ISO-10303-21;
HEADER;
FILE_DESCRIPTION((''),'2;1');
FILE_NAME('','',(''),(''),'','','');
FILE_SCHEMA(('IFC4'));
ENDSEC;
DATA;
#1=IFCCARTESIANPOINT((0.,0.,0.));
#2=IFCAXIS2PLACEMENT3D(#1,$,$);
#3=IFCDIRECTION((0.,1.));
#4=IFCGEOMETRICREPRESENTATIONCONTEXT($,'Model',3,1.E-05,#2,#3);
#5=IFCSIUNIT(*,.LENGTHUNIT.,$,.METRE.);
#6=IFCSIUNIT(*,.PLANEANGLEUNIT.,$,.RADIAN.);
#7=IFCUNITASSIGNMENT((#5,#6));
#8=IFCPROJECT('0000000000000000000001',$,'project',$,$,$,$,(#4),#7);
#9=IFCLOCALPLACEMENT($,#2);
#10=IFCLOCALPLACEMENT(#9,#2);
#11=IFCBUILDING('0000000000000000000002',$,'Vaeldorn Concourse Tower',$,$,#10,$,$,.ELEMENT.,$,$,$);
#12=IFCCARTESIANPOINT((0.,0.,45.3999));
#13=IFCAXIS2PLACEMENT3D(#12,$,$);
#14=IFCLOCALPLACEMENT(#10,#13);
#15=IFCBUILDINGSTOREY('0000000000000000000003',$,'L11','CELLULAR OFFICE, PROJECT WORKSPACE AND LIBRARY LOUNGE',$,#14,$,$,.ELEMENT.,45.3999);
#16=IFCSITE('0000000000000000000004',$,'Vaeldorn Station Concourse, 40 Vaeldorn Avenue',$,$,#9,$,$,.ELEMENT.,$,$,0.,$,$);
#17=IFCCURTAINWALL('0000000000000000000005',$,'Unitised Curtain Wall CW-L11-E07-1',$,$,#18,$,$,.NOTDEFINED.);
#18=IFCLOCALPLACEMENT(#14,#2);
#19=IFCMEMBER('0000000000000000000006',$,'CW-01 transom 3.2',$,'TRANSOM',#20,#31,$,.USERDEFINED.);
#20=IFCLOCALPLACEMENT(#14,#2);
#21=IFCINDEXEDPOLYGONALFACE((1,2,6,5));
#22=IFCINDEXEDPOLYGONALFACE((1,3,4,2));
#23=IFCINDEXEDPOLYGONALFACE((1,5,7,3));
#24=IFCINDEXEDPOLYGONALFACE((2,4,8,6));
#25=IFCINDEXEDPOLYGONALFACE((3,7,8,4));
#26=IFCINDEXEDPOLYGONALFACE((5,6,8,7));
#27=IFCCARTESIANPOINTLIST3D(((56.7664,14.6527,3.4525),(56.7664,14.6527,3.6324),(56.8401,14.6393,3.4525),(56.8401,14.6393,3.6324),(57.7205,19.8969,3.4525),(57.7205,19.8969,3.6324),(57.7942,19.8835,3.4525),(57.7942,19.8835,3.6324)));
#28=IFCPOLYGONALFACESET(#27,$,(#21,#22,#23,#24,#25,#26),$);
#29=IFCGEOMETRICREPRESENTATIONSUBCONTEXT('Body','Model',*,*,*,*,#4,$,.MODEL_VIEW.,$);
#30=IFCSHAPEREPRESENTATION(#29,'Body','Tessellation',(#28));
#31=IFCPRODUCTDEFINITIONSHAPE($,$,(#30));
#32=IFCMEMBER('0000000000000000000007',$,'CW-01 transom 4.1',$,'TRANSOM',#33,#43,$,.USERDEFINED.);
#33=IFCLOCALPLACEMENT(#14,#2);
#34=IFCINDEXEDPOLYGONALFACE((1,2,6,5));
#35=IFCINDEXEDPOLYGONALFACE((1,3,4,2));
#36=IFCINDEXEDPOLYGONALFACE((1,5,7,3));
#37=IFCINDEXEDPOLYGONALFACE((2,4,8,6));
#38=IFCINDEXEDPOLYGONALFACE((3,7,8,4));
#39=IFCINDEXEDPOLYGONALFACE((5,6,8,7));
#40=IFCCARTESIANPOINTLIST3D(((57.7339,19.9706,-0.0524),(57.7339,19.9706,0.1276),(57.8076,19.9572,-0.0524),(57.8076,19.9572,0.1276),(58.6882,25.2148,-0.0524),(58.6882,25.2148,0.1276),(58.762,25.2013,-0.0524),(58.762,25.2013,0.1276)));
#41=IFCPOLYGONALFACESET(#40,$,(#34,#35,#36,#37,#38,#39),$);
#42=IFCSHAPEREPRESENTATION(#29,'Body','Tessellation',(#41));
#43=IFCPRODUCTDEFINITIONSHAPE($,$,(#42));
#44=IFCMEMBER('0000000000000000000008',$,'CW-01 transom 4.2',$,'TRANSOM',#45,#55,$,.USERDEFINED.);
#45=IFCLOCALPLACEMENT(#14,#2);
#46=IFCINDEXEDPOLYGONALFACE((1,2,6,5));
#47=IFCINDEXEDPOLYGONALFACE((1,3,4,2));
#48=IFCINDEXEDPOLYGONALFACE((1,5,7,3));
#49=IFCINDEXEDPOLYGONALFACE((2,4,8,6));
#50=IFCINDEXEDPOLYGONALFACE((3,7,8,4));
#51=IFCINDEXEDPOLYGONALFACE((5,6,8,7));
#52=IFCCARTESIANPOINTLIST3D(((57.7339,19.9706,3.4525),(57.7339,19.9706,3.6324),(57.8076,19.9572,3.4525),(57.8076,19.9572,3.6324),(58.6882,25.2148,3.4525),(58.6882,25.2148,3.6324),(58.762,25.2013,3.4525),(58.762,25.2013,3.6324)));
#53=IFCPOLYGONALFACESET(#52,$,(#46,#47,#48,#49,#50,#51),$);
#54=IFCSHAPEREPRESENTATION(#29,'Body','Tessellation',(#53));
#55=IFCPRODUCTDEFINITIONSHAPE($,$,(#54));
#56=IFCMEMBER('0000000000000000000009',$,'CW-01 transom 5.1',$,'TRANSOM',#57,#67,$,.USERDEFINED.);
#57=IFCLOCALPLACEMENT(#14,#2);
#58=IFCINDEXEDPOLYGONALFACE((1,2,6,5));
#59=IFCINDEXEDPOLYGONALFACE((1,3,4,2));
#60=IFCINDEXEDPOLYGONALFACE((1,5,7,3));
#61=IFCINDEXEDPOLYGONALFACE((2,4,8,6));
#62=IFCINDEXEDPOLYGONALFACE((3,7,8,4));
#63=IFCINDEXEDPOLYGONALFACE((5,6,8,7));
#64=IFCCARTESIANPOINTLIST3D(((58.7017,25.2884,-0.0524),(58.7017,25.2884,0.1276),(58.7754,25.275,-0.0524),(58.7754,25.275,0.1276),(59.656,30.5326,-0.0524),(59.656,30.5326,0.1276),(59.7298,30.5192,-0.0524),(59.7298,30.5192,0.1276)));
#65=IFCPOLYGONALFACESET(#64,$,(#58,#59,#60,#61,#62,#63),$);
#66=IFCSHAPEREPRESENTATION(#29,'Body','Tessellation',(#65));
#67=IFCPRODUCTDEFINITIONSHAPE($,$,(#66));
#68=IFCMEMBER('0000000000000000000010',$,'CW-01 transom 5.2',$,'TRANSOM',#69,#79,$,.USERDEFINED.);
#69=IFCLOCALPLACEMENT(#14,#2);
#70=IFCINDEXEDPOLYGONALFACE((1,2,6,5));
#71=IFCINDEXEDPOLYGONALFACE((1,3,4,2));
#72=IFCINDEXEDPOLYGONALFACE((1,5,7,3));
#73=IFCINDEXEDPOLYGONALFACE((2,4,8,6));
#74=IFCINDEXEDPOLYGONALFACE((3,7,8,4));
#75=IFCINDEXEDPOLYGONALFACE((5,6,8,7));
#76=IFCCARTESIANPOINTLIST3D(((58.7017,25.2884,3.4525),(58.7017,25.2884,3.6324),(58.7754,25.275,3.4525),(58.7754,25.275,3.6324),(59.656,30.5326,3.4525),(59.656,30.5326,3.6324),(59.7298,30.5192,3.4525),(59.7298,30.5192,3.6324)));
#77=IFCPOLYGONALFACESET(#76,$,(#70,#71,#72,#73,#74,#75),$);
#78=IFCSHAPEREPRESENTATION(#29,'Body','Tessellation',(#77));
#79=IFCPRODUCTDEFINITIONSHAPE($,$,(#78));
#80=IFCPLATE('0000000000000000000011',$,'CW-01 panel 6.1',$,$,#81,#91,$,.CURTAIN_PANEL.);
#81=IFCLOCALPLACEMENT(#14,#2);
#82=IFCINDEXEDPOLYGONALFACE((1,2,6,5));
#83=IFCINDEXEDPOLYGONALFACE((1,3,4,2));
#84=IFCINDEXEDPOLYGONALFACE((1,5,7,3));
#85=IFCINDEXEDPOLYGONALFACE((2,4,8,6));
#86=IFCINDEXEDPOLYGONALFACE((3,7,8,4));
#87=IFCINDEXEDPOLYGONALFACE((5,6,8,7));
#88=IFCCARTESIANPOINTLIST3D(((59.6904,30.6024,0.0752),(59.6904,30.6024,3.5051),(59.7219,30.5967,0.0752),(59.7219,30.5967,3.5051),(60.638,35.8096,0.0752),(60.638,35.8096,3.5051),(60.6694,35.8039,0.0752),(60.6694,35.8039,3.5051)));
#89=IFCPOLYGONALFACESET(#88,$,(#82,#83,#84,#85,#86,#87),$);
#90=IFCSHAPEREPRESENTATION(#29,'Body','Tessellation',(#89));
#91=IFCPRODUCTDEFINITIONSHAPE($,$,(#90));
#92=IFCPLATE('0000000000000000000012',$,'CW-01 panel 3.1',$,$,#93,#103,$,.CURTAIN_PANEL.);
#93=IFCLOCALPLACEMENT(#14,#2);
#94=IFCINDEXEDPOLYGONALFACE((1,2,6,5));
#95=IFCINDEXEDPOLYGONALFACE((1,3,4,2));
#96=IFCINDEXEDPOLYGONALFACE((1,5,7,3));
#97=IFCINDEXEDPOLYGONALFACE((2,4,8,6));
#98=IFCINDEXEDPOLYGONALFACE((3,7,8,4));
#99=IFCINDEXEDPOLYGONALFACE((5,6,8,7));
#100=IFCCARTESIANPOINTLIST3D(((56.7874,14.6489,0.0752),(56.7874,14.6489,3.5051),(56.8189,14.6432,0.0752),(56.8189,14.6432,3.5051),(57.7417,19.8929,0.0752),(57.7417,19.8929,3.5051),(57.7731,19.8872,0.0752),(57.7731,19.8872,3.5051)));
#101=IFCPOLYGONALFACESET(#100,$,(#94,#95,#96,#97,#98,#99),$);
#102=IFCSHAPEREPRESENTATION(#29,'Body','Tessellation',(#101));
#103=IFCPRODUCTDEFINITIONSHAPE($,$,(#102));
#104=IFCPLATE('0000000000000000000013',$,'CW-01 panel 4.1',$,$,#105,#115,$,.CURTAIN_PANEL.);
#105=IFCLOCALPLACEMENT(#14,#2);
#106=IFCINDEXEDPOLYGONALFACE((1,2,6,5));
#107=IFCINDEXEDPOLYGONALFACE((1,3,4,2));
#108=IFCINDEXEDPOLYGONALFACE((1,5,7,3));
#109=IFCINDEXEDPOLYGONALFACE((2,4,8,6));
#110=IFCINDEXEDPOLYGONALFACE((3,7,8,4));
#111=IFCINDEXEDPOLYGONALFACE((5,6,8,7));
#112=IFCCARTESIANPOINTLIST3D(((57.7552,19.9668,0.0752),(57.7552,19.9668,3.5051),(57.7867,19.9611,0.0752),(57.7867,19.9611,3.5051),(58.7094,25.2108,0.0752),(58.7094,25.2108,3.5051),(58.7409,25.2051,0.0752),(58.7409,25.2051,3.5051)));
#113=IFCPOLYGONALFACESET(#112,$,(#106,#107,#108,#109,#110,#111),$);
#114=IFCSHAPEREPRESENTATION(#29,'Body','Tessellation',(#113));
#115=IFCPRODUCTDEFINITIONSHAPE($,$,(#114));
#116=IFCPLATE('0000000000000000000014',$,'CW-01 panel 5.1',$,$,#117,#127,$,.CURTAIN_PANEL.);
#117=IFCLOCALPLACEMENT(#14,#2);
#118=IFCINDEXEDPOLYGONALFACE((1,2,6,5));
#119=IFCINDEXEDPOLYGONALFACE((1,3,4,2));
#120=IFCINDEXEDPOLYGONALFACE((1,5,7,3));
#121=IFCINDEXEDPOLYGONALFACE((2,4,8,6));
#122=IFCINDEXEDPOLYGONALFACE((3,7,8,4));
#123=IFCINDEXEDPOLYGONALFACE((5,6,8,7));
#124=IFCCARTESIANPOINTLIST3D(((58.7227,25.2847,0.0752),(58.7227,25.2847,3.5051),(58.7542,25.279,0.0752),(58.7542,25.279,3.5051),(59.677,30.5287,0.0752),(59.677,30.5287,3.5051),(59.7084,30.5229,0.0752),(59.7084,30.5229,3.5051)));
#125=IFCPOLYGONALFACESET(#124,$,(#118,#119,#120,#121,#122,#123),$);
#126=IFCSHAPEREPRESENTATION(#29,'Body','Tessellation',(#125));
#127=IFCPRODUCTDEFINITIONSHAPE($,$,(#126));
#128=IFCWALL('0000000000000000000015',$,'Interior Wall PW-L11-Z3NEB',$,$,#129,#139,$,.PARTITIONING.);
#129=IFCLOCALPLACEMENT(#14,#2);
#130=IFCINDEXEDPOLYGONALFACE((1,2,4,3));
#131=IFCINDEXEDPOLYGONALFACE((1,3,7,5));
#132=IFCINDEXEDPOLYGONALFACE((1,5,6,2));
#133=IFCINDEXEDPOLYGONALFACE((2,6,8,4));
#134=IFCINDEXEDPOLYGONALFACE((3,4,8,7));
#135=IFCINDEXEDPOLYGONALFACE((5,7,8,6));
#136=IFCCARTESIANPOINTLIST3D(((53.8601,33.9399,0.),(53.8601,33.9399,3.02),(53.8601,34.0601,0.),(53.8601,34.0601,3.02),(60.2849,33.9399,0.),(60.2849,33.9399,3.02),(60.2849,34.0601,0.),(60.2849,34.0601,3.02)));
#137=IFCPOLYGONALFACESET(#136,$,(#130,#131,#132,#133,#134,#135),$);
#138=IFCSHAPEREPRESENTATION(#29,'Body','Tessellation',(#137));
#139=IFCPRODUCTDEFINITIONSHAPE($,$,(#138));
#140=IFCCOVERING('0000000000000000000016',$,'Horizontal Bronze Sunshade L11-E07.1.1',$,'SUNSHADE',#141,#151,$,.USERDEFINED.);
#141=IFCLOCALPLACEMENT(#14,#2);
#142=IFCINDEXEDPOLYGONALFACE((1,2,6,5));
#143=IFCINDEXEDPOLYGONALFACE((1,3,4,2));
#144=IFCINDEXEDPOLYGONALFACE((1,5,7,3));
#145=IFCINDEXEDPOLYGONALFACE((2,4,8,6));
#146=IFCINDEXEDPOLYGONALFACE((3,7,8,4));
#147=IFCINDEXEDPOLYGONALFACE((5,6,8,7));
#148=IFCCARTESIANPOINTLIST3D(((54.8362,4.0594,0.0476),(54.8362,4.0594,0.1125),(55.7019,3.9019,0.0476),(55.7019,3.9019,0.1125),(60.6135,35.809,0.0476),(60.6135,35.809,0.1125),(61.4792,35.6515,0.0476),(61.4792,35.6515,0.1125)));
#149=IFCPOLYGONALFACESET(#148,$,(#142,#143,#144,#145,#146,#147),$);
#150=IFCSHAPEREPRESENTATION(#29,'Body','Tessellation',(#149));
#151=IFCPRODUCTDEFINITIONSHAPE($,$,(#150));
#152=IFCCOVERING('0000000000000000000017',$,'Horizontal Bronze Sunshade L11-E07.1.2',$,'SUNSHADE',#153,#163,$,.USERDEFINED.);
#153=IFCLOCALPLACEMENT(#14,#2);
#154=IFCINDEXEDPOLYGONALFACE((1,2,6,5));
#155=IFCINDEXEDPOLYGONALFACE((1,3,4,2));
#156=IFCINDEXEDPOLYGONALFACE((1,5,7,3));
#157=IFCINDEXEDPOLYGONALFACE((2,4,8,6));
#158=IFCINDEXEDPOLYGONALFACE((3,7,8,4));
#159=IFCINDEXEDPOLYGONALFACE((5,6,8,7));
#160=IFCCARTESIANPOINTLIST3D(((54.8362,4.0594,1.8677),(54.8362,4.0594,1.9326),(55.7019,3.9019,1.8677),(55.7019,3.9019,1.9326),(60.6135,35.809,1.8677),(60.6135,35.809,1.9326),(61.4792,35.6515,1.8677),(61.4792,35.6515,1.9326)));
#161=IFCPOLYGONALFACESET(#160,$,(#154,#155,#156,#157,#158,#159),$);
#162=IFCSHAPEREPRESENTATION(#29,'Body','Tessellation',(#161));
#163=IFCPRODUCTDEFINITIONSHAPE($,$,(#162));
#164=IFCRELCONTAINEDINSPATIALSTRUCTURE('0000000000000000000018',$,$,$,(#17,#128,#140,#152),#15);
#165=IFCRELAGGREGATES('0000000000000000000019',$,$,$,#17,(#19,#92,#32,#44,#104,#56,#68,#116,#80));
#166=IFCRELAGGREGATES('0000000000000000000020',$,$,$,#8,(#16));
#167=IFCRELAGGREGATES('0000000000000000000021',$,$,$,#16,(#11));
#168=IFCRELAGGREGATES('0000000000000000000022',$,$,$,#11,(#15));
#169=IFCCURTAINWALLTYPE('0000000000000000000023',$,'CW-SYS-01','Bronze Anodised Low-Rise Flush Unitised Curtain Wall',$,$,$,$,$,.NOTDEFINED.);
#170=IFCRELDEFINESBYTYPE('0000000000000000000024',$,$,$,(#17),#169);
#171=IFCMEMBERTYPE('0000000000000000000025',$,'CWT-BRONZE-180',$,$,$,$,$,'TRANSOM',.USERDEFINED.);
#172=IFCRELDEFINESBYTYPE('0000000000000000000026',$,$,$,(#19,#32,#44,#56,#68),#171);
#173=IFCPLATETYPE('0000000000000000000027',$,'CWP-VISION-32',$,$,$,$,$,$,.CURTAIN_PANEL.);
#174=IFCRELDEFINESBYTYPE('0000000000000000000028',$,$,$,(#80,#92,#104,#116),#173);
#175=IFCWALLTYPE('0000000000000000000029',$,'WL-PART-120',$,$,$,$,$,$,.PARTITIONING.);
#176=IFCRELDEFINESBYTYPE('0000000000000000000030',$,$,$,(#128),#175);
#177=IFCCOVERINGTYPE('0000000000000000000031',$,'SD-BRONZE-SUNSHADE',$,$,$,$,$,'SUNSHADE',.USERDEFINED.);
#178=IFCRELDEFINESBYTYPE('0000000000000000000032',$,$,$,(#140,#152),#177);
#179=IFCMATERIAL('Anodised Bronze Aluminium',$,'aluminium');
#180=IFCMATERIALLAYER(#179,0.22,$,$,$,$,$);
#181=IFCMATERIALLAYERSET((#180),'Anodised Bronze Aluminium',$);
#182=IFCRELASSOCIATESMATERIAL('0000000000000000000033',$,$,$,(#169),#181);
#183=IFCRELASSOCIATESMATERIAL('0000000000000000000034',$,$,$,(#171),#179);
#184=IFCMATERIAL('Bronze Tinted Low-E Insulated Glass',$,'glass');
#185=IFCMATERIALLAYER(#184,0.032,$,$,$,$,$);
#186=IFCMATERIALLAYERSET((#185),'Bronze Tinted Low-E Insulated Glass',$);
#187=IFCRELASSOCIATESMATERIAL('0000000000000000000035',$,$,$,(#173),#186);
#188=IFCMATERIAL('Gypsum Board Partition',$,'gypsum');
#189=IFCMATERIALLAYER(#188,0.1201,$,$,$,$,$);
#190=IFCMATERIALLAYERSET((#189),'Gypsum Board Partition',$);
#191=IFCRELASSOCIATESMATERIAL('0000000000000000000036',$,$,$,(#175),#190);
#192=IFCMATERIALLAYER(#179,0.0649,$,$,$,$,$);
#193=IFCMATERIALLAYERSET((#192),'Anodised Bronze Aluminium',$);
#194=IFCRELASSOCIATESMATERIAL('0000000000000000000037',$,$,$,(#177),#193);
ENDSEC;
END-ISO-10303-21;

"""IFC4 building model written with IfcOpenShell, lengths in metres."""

from ifc_helpers import new_model, si_unit, direction, frame, frame_2d, origin, origin_2d, place, context, subcontext, project, spatial, rectangle, extrude, source, transform, mapped, material, layer, layer_set, material_profile, profile_set, type_object, element, aggregate, save


model = new_model("IFC4")

# Units and contexts
model_context = context("Model", 3, precision=1e-05, world=origin(), true_north=direction((0.0, 1.0)))
body_context = subcontext(model_context, "Body", "Model", "MODEL_VIEW")
ifc_project = project(units=[si_unit("LENGTHUNIT", "METRE"), si_unit("PLANEANGLEUNIT", "RADIAN")], contexts=[model_context])

# Site, building, storey
site_placement = place(None, origin())
site = spatial("IfcSite", under=ifc_project, at=site_placement, Name="Vaeldorn Station Concourse, 40 Vaeldorn Avenue", CompositionType="ELEMENT", RefElevation=0.0)
building_placement = place(site_placement, origin())
building = spatial("IfcBuilding", under=site, at=building_placement, Name="Vaeldorn Concourse Tower", CompositionType="ELEMENT")
storey_placement = place(building_placement, frame((0.0, 0.0, 45.3999)))
storey = spatial("IfcBuildingStorey", under=building, at=storey_placement, Name="L11", Description="CELLULAR OFFICE, PROJECT WORKSPACE AND LIBRARY LOUNGE", CompositionType="ELEMENT", Elevation=45.3999)

# Curtain wall, members, plates
ifc_material_1 = material(Name="Anodised Bronze Aluminium", Category="aluminium")
ifc_layer_1 = layer(ifc_material_1, 0.22)
ifc_layer_set_1 = layer_set([ifc_layer_1], Name="Anodised Bronze Aluminium")
curtain_wall_type = type_object("IfcCurtainWallType", Name="CW-SYS-01", Description="Bronze Anodised Low-Rise Flush Unitised Curtain Wall", PredefinedType="NOTDEFINED", material=ifc_layer_set_1)
curtain_wall_placement = place(storey_placement, origin())
curtain_wall = element("IfcCurtainWall", 1, at=curtain_wall_placement, inside=storey, type_object=curtain_wall_type, Name="Unitised Curtain Wall CW-L11-E07-1", PredefinedType="NOTDEFINED")
ifc_material_profile_1 = material_profile(ifc_material_1, rectangle(XDim=0.075, YDim=0.1799, at=origin_2d()), Name="CWT 75x180")
ifc_profile_set_1 = profile_set([ifc_material_profile_1], Name="Anodised Bronze Aluminium")
member_type_1 = type_object("IfcMemberType", Name="CWT-BRONZE-180", ElementType="TRANSOM", PredefinedType="USERDEFINED", material=ifc_profile_set_1)
shared_shape_1 = source(origin(), body_context, "Body", "SweptSolid", [
    extrude(rectangle(XDim=0.075, YDim=0.1799, at=origin_2d()), origin(), (0.0, 0.0, 1.0), 5.3303),
])
member_1_placement = place(storey_placement, frame((56.8032, 14.646, 3.5425), z_axis=(0.178998, 0.983849, 0.0), x_axis=(-0.983849, 0.178998, 0.0)))
member_1 = element("IfcMember", 2, at=member_1_placement, type_object=member_type_1, Name="CW-01 transom 3.2", ObjectType="TRANSOM", PredefinedType="USERDEFINED", context=body_context, shape_type="MappedRepresentation", body=[
    mapped(shared_shape_1, transform((0.0, 0.0, 0.0), scale=1.0)),
])
member_2_placement = place(storey_placement, frame((57.7708, 19.9639, 0.0376), z_axis=(0.179043, 0.983841, 0.0), x_axis=(-0.983841, 0.179043, 0.0)))
member_2 = element("IfcMember", 3, at=member_2_placement, type_object=member_type_1, Name="CW-01 transom 4.1", ObjectType="TRANSOM", PredefinedType="USERDEFINED", context=body_context, shape_type="MappedRepresentation", body=[
    mapped(shared_shape_1, transform((0.0, 0.0, 0.0), scale=1.0)),
])
member_3_placement = place(storey_placement, frame((57.7708, 19.9639, 3.5425), z_axis=(0.179043, 0.983841, 0.0), x_axis=(-0.983841, 0.179043, 0.0)))
member_3 = element("IfcMember", 4, at=member_3_placement, type_object=member_type_1, Name="CW-01 transom 4.2", ObjectType="TRANSOM", PredefinedType="USERDEFINED", context=body_context, shape_type="MappedRepresentation", body=[
    mapped(shared_shape_1, transform((0.0, 0.0, 0.0), scale=1.0)),
])
member_4_placement = place(storey_placement, frame((58.7385, 25.2817, 0.0376), z_axis=(0.179043, 0.983841, 0.0), x_axis=(-0.983841, 0.179043, 0.0)))
member_4 = element("IfcMember", 5, at=member_4_placement, type_object=member_type_1, Name="CW-01 transom 5.1", ObjectType="TRANSOM", PredefinedType="USERDEFINED", context=body_context, shape_type="MappedRepresentation", body=[
    mapped(shared_shape_1, transform((0.0, 0.0, 0.0), scale=1.0)),
])
member_5_placement = place(storey_placement, frame((58.7385, 25.2817, 3.5425), z_axis=(0.179043, 0.983841, 0.0), x_axis=(-0.983841, 0.179043, 0.0)))
member_5 = element("IfcMember", 6, at=member_5_placement, type_object=member_type_1, Name="CW-01 transom 5.2", ObjectType="TRANSOM", PredefinedType="USERDEFINED", context=body_context, shape_type="MappedRepresentation", body=[
    mapped(shared_shape_1, transform((0.0, 0.0, 0.0), scale=1.0)),
])
ifc_material_2 = material(Name="Bronze Tinted Low-E Insulated Glass", Category="glass")
ifc_layer_2 = layer(ifc_material_2, 0.032)
ifc_layer_set_2 = layer_set([ifc_layer_2], Name="Bronze Tinted Low-E Insulated Glass")
plate_type = type_object("IfcPlateType", Name="CWP-VISION-32", PredefinedType="CURTAIN_PANEL", material=ifc_layer_set_2)
shared_shape_2 = source(origin(), body_context, "Body", "SweptSolid", [
    extrude(rectangle(XDim=5.2927, YDim=0.032, at=origin_2d()), origin(), (0.0, 0.0, 1.0), 3.4299),
])
plate_1_placement = place(storey_placement, frame((60.1799, 33.2031, 0.0752), z_axis=(0.0, 0.0, 1.0), x_axis=(0.17903, 0.983844, 0.0)))
plate_1 = element("IfcPlate", 7, at=plate_1_placement, type_object=plate_type, Name="CW-01 panel 6.1", PredefinedType="CURTAIN_PANEL", context=body_context, shape_type="MappedRepresentation", body=[
    mapped(shared_shape_2, transform((0.0, 0.0, 0.0), scale=1.0)),
])
shared_shape_3 = source(origin(), body_context, "Body", "SweptSolid", [
    extrude(rectangle(XDim=5.3301, YDim=0.032, at=origin_2d()), origin(), (0.0, 0.0, 1.0), 3.4299),
])
plate_2_placement = place(storey_placement, frame((57.2803, 17.2681, 0.0752), z_axis=(0.0, 0.0, 1.0), x_axis=(0.17903, 0.983844, 0.0)))
plate_2 = element("IfcPlate", 8, at=plate_2_placement, type_object=plate_type, Name="CW-01 panel 3.1", PredefinedType="CURTAIN_PANEL", context=body_context, shape_type="MappedRepresentation", body=[
    mapped(shared_shape_3, transform((0.0, 0.0, 0.0), scale=1.0)),
])
plate_3_placement = place(storey_placement, frame((58.248, 22.5859, 0.0752), z_axis=(0.0, 0.0, 1.0), x_axis=(0.17903, 0.983844, 0.0)))
plate_3 = element("IfcPlate", 9, at=plate_3_placement, type_object=plate_type, Name="CW-01 panel 4.1", PredefinedType="CURTAIN_PANEL", context=body_context, shape_type="MappedRepresentation", body=[
    mapped(shared_shape_3, transform((0.0, 0.0, 0.0), scale=1.0)),
])
plate_4_placement = place(storey_placement, frame((59.2156, 27.9038, 0.0752), z_axis=(0.0, 0.0, 1.0), x_axis=(0.17903, 0.983844, 0.0)))
plate_4 = element("IfcPlate", 10, at=plate_4_placement, type_object=plate_type, Name="CW-01 panel 5.1", PredefinedType="CURTAIN_PANEL", context=body_context, shape_type="MappedRepresentation", body=[
    mapped(shared_shape_3, transform((0.0, 0.0, 0.0), scale=1.0)),
])
aggregate(curtain_wall, [member_1, plate_2, member_2, member_3, plate_3, member_4, member_5, plate_4, plate_1])

# Shared definitions
ifc_material_3 = material(Name="Gypsum Board Partition", Category="gypsum")
ifc_layer_3 = layer(ifc_material_3, 0.1201)
ifc_layer_set_3 = layer_set([ifc_layer_3], Name="Gypsum Board Partition")
wall_type = type_object("IfcWallType", Name="WL-PART-120", PredefinedType="PARTITIONING", material=ifc_layer_set_3)

# Wall
wall_1_placement = place(storey_placement, frame((53.8601, 34.0, 0.0), z_axis=(0.0, 0.0, 1.0), x_axis=(1.0, 0.0, 0.0)))
element("IfcWall", 11, at=wall_1_placement, inside=storey, type_object=wall_type, Name="Interior Wall PW-L11-Z3NEB", PredefinedType="PARTITIONING", context=body_context, shape_type="SweptSolid", body=[
    extrude(rectangle(XDim=6.4248, YDim=0.1201, at=frame_2d((3.2124, 0.0))), origin(), (0.0, 0.0, 1.0), 3.02),
])

# Coverings
ifc_layer_4 = layer(ifc_material_1, 0.0649)
ifc_layer_set_4 = layer_set([ifc_layer_4], Name="Anodised Bronze Aluminium")
covering_type = type_object("IfcCoveringType", Name="SD-BRONZE-SUNSHADE", ElementType="SUNSHADE", PredefinedType="USERDEFINED", material=ifc_layer_set_4)
shared_shape_4 = source(origin(), body_context, "Body", "SweptSolid", [
    extrude(rectangle(XDim=32.271, YDim=0.8799, at=origin_2d()), origin(), (0.0, 0.0, 1.0), 0.0649),
])
for number, where, z_axis, x_axis, name in (
    (12, (58.1577, 19.8555, 0.0476), (0.0, 0.0, 1.0), (0.179025, 0.983844, 0.0), "Horizontal Bronze Sunshade L11-E07.1.1"),
    (13, (58.1577, 19.8555, 1.8677), (0.0, 0.0, 1.0), (0.179025, 0.983844, 0.0), "Horizontal Bronze Sunshade L11-E07.1.2"),
):
    element("IfcCovering", number, at=place(storey_placement, frame(where, z_axis=z_axis, x_axis=x_axis)), inside=storey, type_object=covering_type, Name=name, ObjectType="SUNSHADE", PredefinedType="USERDEFINED", context=body_context, shape_type="MappedRepresentation", body=[
        mapped(shared_shape_4, transform((0.0, 0.0, 0.0), scale=1.0)),
    ])

save(model, "model.ifc")
